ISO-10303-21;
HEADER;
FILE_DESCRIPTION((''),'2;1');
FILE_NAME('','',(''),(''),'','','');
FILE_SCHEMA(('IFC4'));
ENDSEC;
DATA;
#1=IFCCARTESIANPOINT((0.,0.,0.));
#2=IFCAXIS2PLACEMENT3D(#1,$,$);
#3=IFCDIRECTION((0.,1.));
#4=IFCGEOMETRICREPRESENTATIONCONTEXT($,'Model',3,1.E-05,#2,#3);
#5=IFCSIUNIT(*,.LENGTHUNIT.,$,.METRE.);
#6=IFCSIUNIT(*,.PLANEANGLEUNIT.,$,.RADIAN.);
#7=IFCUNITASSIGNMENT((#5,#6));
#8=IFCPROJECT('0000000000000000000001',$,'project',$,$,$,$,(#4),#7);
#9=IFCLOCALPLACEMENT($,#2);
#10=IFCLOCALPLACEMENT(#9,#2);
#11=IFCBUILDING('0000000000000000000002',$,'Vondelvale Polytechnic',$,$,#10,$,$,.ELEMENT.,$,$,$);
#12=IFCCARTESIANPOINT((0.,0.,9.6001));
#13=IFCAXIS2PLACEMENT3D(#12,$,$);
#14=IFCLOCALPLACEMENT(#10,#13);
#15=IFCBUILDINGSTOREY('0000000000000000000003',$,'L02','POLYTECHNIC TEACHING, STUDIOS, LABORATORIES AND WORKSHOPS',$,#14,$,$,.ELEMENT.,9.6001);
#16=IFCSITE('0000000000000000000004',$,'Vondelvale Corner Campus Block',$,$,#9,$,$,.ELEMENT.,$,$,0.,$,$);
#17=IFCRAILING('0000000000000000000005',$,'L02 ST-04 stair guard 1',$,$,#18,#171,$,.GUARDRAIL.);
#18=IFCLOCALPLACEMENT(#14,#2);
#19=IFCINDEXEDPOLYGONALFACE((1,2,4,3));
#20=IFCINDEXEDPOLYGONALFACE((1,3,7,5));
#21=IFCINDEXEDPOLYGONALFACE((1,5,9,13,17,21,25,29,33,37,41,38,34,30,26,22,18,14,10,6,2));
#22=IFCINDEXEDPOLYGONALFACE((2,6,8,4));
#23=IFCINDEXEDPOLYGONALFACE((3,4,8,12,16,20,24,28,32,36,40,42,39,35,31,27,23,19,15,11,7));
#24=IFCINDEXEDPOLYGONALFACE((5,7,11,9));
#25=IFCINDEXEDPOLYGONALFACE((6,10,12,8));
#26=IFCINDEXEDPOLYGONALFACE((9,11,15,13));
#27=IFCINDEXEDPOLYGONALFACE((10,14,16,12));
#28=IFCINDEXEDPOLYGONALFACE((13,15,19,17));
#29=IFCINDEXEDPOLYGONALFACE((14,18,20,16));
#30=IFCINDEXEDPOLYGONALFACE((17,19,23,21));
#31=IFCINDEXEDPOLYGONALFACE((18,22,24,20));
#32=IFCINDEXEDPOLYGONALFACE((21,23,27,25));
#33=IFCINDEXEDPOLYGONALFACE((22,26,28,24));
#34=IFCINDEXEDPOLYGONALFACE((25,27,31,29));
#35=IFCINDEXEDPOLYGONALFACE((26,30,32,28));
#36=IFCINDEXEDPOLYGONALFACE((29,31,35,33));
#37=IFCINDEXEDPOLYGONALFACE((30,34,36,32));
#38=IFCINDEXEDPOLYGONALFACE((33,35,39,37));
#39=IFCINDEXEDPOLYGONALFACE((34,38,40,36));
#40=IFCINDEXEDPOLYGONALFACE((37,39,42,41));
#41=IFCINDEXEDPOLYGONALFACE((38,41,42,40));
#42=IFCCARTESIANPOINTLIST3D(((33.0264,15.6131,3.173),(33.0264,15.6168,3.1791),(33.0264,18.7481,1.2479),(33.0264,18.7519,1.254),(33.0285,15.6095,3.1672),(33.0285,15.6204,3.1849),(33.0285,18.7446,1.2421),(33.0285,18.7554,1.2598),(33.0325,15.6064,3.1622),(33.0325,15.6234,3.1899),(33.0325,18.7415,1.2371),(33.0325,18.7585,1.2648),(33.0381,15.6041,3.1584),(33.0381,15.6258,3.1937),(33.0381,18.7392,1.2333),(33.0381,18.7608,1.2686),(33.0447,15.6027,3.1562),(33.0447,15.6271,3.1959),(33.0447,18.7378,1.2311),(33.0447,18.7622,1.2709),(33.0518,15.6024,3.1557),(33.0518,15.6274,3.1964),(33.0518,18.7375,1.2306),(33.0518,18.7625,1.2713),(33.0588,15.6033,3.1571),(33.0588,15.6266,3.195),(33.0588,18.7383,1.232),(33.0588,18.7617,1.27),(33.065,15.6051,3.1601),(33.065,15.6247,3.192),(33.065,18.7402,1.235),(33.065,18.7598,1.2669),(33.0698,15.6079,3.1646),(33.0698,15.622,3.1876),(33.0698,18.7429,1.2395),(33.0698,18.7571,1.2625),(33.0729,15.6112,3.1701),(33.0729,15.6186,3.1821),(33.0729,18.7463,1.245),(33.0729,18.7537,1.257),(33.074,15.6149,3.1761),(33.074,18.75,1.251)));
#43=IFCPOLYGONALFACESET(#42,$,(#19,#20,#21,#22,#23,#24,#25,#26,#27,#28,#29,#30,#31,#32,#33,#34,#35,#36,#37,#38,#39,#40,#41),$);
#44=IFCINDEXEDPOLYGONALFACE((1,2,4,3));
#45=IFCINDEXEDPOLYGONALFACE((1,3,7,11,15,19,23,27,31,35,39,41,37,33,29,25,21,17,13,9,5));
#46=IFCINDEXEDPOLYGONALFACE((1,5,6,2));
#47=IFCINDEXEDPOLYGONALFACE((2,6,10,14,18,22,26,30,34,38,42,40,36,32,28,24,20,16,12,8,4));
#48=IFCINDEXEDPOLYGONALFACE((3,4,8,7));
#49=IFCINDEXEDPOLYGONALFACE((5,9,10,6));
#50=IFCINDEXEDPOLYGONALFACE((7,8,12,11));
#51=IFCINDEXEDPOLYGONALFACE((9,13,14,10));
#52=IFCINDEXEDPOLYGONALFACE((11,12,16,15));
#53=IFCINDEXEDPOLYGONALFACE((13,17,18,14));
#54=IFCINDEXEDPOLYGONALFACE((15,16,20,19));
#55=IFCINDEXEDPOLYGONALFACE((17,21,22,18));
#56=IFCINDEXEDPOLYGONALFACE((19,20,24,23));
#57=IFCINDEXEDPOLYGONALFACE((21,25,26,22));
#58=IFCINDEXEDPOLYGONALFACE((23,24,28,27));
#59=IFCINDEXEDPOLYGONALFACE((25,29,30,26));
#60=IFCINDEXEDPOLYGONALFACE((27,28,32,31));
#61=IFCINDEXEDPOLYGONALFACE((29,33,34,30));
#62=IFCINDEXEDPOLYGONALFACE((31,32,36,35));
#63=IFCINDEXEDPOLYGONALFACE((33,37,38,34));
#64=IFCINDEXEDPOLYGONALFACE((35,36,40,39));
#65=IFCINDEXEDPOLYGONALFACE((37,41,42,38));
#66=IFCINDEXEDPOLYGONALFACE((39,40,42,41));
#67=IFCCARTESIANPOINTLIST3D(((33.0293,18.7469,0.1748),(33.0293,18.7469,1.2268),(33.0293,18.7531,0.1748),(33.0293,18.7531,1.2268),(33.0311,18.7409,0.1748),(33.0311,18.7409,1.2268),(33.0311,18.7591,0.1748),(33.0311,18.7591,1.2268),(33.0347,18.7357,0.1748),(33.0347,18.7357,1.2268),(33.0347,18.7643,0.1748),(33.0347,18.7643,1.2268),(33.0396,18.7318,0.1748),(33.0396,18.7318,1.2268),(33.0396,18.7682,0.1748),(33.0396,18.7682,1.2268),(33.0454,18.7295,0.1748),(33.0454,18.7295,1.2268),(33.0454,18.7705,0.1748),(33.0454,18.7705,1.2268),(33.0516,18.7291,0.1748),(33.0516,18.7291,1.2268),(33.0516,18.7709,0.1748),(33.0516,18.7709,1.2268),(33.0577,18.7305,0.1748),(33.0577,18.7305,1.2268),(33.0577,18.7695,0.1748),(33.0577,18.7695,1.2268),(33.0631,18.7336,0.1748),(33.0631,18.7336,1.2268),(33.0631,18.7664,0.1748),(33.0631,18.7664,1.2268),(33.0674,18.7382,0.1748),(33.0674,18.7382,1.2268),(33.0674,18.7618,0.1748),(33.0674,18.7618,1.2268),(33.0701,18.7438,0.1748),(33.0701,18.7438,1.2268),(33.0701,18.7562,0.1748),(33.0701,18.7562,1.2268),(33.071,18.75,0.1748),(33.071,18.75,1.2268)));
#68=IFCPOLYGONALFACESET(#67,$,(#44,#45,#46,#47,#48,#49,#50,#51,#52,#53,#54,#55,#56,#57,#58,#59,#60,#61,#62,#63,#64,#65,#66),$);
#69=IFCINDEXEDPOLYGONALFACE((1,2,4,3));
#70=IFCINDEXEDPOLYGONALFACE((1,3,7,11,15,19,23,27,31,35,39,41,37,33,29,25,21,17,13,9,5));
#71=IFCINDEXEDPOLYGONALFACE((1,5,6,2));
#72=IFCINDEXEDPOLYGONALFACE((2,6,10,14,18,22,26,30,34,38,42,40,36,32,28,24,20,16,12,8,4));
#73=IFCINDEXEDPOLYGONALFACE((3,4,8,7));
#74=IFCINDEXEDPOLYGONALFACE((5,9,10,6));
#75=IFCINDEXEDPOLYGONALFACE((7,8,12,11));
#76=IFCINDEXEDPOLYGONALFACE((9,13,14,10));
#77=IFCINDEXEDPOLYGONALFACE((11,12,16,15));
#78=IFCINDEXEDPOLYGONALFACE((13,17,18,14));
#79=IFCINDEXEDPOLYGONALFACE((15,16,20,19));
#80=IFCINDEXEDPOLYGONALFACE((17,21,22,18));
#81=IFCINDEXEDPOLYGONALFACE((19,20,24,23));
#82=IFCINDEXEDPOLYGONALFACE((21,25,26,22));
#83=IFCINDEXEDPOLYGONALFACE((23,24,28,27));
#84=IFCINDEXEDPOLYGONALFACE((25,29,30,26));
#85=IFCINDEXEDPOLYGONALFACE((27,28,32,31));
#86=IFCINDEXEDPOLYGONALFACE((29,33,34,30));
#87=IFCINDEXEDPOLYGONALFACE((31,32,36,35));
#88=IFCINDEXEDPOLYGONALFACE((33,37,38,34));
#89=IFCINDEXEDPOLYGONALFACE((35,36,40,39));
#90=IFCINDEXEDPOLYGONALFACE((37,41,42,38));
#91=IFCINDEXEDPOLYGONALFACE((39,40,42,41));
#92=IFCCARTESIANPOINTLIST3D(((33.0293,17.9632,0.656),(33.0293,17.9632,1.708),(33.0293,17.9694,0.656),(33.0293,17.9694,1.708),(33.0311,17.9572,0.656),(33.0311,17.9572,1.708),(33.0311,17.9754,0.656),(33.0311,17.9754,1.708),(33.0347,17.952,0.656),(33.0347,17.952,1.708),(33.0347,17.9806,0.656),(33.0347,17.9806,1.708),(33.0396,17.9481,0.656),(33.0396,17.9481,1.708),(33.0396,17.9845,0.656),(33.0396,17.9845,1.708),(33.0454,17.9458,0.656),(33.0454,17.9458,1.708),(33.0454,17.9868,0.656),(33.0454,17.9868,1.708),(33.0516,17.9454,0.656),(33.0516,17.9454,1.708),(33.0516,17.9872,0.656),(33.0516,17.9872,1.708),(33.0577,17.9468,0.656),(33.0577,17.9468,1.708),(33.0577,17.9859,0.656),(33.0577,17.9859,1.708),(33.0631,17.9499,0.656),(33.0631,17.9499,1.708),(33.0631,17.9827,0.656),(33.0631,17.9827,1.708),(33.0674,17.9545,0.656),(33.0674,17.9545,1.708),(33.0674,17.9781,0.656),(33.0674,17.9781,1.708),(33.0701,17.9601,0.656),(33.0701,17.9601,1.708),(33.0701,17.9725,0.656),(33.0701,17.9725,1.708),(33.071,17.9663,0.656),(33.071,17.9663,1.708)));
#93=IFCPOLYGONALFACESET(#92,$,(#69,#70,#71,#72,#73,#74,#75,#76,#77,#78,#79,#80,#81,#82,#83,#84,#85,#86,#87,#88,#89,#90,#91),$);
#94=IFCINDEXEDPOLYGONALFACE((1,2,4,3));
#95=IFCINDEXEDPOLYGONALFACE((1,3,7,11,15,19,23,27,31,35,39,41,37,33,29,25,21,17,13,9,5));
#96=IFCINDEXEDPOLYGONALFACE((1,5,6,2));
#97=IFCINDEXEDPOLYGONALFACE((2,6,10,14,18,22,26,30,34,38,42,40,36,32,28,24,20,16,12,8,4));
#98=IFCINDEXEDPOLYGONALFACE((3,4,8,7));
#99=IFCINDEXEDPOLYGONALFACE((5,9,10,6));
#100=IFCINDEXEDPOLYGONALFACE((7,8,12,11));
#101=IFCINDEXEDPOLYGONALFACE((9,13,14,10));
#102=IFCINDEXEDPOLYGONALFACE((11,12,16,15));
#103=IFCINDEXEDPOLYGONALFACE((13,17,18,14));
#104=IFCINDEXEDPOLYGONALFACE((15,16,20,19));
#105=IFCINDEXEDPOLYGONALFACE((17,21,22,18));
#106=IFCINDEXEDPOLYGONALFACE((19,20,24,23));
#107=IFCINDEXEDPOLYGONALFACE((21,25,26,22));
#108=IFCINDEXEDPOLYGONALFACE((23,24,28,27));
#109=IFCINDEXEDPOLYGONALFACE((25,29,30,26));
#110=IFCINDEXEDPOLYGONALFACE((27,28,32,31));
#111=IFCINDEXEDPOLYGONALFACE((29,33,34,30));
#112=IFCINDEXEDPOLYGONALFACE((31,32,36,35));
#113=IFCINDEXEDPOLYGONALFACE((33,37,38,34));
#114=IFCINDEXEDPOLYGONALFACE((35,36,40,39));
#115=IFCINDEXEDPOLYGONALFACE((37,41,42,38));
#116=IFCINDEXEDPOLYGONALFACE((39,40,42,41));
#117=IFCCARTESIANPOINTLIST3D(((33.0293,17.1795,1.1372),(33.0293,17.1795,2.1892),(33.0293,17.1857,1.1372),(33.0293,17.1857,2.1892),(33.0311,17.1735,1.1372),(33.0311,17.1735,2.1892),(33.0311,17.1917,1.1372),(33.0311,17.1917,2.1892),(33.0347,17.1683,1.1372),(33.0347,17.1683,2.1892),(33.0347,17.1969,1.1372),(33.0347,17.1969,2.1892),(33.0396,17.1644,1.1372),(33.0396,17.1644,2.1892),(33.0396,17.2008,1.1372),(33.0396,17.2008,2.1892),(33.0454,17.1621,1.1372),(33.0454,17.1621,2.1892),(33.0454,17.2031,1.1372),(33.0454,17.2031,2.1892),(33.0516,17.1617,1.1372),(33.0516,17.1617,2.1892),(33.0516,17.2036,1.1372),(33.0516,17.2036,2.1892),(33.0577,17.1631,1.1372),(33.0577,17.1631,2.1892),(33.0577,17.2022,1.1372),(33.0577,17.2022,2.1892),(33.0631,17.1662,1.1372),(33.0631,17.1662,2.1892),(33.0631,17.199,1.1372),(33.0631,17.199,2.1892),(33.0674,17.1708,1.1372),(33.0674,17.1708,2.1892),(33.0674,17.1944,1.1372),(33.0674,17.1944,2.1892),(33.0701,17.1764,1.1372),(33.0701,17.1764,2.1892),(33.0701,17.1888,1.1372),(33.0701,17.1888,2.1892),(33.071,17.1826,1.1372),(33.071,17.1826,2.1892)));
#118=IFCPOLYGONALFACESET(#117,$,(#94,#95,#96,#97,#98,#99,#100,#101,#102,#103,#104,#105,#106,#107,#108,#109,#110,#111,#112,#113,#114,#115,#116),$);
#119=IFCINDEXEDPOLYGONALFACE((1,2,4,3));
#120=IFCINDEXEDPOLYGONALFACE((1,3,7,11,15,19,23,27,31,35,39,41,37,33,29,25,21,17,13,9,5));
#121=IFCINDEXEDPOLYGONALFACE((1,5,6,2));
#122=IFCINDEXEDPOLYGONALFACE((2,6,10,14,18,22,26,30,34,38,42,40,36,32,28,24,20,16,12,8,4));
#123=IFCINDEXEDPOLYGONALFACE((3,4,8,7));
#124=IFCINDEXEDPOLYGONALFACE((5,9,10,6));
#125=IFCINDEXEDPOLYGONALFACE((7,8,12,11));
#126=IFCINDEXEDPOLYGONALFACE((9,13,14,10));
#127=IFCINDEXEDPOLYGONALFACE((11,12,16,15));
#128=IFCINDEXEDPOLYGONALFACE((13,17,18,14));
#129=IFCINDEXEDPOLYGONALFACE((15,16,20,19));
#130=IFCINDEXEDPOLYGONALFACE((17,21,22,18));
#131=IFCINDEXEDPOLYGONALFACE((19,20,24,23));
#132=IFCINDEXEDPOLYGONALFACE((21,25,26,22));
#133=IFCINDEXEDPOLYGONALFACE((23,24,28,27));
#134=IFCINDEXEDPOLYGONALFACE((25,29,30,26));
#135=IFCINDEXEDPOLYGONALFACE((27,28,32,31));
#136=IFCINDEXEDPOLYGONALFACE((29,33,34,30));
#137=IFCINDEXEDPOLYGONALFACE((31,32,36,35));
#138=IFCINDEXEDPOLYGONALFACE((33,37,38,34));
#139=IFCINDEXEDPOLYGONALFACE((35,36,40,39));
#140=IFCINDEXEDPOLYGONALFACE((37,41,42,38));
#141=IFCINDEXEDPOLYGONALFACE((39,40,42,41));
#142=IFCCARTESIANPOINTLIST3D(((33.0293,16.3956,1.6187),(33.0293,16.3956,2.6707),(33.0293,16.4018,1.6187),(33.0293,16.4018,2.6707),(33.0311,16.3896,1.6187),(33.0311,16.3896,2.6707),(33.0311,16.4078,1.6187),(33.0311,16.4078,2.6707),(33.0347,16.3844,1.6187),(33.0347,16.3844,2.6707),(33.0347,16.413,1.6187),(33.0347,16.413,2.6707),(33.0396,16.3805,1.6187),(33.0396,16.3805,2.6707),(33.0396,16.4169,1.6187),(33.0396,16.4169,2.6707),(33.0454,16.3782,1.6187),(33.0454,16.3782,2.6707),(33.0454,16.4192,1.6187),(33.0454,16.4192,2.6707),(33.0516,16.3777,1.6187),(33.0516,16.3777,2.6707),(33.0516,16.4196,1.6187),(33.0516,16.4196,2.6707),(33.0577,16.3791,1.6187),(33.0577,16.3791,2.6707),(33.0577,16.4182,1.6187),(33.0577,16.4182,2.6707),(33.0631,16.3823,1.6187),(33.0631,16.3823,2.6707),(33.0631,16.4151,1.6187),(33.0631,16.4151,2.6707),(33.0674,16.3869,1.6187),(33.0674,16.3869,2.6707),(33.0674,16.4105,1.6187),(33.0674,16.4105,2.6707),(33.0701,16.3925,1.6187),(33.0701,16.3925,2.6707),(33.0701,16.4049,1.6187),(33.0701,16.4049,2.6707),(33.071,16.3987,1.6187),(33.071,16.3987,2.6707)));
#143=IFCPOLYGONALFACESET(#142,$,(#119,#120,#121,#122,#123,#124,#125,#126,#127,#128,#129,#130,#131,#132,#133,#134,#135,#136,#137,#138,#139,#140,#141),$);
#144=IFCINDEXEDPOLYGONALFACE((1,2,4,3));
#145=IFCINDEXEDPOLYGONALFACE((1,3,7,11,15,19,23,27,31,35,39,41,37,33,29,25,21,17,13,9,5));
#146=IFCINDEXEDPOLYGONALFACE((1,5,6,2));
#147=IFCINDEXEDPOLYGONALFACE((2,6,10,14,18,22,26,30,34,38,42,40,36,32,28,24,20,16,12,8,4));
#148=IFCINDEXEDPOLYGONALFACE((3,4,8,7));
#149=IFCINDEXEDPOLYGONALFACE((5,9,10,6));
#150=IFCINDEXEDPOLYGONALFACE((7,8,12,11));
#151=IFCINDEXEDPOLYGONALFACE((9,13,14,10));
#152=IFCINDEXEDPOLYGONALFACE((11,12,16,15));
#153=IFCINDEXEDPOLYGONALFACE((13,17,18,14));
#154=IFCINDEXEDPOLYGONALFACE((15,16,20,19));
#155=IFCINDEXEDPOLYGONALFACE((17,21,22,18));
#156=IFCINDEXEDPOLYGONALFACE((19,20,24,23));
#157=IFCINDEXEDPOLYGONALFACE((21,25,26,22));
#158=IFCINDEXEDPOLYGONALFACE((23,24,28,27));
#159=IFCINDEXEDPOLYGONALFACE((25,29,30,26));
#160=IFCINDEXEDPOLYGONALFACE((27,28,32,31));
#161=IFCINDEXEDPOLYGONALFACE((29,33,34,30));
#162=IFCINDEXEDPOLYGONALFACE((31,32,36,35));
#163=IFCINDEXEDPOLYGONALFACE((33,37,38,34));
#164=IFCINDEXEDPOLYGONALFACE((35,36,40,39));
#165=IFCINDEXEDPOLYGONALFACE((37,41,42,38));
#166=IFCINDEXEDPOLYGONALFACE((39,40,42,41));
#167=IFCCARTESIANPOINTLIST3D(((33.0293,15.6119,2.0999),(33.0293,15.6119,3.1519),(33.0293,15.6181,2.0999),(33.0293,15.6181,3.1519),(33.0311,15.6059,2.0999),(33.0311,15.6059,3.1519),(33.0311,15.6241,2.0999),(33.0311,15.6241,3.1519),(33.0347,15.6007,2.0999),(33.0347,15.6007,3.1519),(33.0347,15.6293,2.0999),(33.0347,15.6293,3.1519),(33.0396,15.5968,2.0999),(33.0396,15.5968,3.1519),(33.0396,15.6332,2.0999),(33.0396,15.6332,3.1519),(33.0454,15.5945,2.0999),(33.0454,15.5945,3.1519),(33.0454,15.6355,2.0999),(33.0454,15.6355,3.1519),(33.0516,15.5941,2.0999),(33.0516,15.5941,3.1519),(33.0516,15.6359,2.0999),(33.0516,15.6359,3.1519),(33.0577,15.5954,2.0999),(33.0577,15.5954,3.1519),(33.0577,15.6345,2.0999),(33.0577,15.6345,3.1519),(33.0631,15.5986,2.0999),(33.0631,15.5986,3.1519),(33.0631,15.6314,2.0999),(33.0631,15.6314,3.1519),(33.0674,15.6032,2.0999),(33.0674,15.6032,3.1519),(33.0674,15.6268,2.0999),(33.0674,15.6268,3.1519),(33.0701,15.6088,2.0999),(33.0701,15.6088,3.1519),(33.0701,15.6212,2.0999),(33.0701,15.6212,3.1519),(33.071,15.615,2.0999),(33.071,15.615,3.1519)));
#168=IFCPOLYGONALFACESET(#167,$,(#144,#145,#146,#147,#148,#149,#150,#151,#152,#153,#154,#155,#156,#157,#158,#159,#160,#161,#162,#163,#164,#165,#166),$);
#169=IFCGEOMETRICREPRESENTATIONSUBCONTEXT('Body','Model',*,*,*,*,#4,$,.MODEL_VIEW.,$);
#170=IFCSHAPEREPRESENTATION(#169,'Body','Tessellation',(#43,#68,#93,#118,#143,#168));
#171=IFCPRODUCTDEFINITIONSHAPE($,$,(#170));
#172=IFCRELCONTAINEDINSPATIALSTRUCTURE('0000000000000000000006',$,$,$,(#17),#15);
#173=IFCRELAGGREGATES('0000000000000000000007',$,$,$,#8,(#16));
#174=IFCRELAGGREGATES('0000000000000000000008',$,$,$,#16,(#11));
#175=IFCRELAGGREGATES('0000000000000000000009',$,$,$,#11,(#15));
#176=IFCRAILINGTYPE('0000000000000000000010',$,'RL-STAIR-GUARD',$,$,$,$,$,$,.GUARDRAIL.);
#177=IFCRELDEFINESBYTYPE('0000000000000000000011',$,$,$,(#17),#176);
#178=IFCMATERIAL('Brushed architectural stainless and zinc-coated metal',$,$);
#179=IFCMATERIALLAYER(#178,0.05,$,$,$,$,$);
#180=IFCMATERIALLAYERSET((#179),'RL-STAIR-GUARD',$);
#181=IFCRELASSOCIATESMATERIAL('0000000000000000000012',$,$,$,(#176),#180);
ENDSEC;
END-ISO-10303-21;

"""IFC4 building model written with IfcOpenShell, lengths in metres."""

from ifc_helpers import new_model, si_unit, direction, frame, origin, origin_2d, place, context, subcontext, project, spatial, circle, extrude, material, layer, layer_set, type_object, element, save


model = new_model("IFC4")

# Units and contexts
model_context = context("Model", 3, precision=1e-05, world=origin(), true_north=direction((0.0, 1.0)))
body_context = subcontext(model_context, "Body", "Model", "MODEL_VIEW")
ifc_project = project(units=[si_unit("LENGTHUNIT", "METRE"), si_unit("PLANEANGLEUNIT", "RADIAN")], contexts=[model_context])

# Site, building, storey
site_placement = place(None, origin())
site = spatial("IfcSite", under=ifc_project, at=site_placement, Name="Vondelvale Corner Campus Block", CompositionType="ELEMENT", RefElevation=0.0)
building_placement = place(site_placement, origin())
building = spatial("IfcBuilding", under=site, at=building_placement, Name="Vondelvale Polytechnic", CompositionType="ELEMENT")
storey_placement = place(building_placement, frame((0.0, 0.0, 9.6001)))
storey = spatial("IfcBuildingStorey", under=building, at=storey_placement, Name="L02", Description="POLYTECHNIC TEACHING, STUDIOS, LABORATORIES AND WORKSHOPS", CompositionType="ELEMENT", Elevation=9.6001)

# Shared definitions
ifc_material_1 = material(Name="Brushed architectural stainless and zinc-coated metal")

# Railing
ifc_layer_1 = layer(ifc_material_1, 0.05)
ifc_layer_set_1 = layer_set([ifc_layer_1], Name="RL-STAIR-GUARD")
railing_type_1 = type_object("IfcRailingType", Name="RL-STAIR-GUARD", PredefinedType="GUARDRAIL", material=ifc_layer_set_1)
railing_1_placement = place(storey_placement, frame((33.05, 18.75, 0.1748)))
element("IfcRailing", 1, at=railing_1_placement, inside=storey, type_object=railing_type_1, Name="L02 ST-04 stair guard 1", PredefinedType="GUARDRAIL", context=body_context, shape_type="SweptSolid", body=[
    extrude(circle(Radius=0.0239, at=origin_2d()), frame((0.0, 0.0, 1.0762), z_axis=(0.0, -0.852166, 0.523271), x_axis=(1.0, 0.0, 0.0)), (0.0, 0.0, 1.0), 3.679),
    extrude(circle(Radius=0.021, at=origin_2d()), origin(), (0.0, 0.0, 1.0), 1.052),
    extrude(circle(Radius=0.021, at=origin_2d()), frame((0.0, -0.7837, 0.4812)), (0.0, 0.0, 1.0), 1.052),
    extrude(circle(Radius=0.021, at=origin_2d()), frame((0.0, -1.5674, 0.9624)), (0.0, 0.0, 1.0), 1.052),
    extrude(circle(Radius=0.021, at=origin_2d()), frame((0.0, -2.3513, 1.4438)), (0.0, 0.0, 1.0), 1.052),
    extrude(circle(Radius=0.021, at=origin_2d()), frame((0.0, -3.135, 1.925)), (0.0, 0.0, 1.0), 1.052),
])

save(model, "model.ifc")
